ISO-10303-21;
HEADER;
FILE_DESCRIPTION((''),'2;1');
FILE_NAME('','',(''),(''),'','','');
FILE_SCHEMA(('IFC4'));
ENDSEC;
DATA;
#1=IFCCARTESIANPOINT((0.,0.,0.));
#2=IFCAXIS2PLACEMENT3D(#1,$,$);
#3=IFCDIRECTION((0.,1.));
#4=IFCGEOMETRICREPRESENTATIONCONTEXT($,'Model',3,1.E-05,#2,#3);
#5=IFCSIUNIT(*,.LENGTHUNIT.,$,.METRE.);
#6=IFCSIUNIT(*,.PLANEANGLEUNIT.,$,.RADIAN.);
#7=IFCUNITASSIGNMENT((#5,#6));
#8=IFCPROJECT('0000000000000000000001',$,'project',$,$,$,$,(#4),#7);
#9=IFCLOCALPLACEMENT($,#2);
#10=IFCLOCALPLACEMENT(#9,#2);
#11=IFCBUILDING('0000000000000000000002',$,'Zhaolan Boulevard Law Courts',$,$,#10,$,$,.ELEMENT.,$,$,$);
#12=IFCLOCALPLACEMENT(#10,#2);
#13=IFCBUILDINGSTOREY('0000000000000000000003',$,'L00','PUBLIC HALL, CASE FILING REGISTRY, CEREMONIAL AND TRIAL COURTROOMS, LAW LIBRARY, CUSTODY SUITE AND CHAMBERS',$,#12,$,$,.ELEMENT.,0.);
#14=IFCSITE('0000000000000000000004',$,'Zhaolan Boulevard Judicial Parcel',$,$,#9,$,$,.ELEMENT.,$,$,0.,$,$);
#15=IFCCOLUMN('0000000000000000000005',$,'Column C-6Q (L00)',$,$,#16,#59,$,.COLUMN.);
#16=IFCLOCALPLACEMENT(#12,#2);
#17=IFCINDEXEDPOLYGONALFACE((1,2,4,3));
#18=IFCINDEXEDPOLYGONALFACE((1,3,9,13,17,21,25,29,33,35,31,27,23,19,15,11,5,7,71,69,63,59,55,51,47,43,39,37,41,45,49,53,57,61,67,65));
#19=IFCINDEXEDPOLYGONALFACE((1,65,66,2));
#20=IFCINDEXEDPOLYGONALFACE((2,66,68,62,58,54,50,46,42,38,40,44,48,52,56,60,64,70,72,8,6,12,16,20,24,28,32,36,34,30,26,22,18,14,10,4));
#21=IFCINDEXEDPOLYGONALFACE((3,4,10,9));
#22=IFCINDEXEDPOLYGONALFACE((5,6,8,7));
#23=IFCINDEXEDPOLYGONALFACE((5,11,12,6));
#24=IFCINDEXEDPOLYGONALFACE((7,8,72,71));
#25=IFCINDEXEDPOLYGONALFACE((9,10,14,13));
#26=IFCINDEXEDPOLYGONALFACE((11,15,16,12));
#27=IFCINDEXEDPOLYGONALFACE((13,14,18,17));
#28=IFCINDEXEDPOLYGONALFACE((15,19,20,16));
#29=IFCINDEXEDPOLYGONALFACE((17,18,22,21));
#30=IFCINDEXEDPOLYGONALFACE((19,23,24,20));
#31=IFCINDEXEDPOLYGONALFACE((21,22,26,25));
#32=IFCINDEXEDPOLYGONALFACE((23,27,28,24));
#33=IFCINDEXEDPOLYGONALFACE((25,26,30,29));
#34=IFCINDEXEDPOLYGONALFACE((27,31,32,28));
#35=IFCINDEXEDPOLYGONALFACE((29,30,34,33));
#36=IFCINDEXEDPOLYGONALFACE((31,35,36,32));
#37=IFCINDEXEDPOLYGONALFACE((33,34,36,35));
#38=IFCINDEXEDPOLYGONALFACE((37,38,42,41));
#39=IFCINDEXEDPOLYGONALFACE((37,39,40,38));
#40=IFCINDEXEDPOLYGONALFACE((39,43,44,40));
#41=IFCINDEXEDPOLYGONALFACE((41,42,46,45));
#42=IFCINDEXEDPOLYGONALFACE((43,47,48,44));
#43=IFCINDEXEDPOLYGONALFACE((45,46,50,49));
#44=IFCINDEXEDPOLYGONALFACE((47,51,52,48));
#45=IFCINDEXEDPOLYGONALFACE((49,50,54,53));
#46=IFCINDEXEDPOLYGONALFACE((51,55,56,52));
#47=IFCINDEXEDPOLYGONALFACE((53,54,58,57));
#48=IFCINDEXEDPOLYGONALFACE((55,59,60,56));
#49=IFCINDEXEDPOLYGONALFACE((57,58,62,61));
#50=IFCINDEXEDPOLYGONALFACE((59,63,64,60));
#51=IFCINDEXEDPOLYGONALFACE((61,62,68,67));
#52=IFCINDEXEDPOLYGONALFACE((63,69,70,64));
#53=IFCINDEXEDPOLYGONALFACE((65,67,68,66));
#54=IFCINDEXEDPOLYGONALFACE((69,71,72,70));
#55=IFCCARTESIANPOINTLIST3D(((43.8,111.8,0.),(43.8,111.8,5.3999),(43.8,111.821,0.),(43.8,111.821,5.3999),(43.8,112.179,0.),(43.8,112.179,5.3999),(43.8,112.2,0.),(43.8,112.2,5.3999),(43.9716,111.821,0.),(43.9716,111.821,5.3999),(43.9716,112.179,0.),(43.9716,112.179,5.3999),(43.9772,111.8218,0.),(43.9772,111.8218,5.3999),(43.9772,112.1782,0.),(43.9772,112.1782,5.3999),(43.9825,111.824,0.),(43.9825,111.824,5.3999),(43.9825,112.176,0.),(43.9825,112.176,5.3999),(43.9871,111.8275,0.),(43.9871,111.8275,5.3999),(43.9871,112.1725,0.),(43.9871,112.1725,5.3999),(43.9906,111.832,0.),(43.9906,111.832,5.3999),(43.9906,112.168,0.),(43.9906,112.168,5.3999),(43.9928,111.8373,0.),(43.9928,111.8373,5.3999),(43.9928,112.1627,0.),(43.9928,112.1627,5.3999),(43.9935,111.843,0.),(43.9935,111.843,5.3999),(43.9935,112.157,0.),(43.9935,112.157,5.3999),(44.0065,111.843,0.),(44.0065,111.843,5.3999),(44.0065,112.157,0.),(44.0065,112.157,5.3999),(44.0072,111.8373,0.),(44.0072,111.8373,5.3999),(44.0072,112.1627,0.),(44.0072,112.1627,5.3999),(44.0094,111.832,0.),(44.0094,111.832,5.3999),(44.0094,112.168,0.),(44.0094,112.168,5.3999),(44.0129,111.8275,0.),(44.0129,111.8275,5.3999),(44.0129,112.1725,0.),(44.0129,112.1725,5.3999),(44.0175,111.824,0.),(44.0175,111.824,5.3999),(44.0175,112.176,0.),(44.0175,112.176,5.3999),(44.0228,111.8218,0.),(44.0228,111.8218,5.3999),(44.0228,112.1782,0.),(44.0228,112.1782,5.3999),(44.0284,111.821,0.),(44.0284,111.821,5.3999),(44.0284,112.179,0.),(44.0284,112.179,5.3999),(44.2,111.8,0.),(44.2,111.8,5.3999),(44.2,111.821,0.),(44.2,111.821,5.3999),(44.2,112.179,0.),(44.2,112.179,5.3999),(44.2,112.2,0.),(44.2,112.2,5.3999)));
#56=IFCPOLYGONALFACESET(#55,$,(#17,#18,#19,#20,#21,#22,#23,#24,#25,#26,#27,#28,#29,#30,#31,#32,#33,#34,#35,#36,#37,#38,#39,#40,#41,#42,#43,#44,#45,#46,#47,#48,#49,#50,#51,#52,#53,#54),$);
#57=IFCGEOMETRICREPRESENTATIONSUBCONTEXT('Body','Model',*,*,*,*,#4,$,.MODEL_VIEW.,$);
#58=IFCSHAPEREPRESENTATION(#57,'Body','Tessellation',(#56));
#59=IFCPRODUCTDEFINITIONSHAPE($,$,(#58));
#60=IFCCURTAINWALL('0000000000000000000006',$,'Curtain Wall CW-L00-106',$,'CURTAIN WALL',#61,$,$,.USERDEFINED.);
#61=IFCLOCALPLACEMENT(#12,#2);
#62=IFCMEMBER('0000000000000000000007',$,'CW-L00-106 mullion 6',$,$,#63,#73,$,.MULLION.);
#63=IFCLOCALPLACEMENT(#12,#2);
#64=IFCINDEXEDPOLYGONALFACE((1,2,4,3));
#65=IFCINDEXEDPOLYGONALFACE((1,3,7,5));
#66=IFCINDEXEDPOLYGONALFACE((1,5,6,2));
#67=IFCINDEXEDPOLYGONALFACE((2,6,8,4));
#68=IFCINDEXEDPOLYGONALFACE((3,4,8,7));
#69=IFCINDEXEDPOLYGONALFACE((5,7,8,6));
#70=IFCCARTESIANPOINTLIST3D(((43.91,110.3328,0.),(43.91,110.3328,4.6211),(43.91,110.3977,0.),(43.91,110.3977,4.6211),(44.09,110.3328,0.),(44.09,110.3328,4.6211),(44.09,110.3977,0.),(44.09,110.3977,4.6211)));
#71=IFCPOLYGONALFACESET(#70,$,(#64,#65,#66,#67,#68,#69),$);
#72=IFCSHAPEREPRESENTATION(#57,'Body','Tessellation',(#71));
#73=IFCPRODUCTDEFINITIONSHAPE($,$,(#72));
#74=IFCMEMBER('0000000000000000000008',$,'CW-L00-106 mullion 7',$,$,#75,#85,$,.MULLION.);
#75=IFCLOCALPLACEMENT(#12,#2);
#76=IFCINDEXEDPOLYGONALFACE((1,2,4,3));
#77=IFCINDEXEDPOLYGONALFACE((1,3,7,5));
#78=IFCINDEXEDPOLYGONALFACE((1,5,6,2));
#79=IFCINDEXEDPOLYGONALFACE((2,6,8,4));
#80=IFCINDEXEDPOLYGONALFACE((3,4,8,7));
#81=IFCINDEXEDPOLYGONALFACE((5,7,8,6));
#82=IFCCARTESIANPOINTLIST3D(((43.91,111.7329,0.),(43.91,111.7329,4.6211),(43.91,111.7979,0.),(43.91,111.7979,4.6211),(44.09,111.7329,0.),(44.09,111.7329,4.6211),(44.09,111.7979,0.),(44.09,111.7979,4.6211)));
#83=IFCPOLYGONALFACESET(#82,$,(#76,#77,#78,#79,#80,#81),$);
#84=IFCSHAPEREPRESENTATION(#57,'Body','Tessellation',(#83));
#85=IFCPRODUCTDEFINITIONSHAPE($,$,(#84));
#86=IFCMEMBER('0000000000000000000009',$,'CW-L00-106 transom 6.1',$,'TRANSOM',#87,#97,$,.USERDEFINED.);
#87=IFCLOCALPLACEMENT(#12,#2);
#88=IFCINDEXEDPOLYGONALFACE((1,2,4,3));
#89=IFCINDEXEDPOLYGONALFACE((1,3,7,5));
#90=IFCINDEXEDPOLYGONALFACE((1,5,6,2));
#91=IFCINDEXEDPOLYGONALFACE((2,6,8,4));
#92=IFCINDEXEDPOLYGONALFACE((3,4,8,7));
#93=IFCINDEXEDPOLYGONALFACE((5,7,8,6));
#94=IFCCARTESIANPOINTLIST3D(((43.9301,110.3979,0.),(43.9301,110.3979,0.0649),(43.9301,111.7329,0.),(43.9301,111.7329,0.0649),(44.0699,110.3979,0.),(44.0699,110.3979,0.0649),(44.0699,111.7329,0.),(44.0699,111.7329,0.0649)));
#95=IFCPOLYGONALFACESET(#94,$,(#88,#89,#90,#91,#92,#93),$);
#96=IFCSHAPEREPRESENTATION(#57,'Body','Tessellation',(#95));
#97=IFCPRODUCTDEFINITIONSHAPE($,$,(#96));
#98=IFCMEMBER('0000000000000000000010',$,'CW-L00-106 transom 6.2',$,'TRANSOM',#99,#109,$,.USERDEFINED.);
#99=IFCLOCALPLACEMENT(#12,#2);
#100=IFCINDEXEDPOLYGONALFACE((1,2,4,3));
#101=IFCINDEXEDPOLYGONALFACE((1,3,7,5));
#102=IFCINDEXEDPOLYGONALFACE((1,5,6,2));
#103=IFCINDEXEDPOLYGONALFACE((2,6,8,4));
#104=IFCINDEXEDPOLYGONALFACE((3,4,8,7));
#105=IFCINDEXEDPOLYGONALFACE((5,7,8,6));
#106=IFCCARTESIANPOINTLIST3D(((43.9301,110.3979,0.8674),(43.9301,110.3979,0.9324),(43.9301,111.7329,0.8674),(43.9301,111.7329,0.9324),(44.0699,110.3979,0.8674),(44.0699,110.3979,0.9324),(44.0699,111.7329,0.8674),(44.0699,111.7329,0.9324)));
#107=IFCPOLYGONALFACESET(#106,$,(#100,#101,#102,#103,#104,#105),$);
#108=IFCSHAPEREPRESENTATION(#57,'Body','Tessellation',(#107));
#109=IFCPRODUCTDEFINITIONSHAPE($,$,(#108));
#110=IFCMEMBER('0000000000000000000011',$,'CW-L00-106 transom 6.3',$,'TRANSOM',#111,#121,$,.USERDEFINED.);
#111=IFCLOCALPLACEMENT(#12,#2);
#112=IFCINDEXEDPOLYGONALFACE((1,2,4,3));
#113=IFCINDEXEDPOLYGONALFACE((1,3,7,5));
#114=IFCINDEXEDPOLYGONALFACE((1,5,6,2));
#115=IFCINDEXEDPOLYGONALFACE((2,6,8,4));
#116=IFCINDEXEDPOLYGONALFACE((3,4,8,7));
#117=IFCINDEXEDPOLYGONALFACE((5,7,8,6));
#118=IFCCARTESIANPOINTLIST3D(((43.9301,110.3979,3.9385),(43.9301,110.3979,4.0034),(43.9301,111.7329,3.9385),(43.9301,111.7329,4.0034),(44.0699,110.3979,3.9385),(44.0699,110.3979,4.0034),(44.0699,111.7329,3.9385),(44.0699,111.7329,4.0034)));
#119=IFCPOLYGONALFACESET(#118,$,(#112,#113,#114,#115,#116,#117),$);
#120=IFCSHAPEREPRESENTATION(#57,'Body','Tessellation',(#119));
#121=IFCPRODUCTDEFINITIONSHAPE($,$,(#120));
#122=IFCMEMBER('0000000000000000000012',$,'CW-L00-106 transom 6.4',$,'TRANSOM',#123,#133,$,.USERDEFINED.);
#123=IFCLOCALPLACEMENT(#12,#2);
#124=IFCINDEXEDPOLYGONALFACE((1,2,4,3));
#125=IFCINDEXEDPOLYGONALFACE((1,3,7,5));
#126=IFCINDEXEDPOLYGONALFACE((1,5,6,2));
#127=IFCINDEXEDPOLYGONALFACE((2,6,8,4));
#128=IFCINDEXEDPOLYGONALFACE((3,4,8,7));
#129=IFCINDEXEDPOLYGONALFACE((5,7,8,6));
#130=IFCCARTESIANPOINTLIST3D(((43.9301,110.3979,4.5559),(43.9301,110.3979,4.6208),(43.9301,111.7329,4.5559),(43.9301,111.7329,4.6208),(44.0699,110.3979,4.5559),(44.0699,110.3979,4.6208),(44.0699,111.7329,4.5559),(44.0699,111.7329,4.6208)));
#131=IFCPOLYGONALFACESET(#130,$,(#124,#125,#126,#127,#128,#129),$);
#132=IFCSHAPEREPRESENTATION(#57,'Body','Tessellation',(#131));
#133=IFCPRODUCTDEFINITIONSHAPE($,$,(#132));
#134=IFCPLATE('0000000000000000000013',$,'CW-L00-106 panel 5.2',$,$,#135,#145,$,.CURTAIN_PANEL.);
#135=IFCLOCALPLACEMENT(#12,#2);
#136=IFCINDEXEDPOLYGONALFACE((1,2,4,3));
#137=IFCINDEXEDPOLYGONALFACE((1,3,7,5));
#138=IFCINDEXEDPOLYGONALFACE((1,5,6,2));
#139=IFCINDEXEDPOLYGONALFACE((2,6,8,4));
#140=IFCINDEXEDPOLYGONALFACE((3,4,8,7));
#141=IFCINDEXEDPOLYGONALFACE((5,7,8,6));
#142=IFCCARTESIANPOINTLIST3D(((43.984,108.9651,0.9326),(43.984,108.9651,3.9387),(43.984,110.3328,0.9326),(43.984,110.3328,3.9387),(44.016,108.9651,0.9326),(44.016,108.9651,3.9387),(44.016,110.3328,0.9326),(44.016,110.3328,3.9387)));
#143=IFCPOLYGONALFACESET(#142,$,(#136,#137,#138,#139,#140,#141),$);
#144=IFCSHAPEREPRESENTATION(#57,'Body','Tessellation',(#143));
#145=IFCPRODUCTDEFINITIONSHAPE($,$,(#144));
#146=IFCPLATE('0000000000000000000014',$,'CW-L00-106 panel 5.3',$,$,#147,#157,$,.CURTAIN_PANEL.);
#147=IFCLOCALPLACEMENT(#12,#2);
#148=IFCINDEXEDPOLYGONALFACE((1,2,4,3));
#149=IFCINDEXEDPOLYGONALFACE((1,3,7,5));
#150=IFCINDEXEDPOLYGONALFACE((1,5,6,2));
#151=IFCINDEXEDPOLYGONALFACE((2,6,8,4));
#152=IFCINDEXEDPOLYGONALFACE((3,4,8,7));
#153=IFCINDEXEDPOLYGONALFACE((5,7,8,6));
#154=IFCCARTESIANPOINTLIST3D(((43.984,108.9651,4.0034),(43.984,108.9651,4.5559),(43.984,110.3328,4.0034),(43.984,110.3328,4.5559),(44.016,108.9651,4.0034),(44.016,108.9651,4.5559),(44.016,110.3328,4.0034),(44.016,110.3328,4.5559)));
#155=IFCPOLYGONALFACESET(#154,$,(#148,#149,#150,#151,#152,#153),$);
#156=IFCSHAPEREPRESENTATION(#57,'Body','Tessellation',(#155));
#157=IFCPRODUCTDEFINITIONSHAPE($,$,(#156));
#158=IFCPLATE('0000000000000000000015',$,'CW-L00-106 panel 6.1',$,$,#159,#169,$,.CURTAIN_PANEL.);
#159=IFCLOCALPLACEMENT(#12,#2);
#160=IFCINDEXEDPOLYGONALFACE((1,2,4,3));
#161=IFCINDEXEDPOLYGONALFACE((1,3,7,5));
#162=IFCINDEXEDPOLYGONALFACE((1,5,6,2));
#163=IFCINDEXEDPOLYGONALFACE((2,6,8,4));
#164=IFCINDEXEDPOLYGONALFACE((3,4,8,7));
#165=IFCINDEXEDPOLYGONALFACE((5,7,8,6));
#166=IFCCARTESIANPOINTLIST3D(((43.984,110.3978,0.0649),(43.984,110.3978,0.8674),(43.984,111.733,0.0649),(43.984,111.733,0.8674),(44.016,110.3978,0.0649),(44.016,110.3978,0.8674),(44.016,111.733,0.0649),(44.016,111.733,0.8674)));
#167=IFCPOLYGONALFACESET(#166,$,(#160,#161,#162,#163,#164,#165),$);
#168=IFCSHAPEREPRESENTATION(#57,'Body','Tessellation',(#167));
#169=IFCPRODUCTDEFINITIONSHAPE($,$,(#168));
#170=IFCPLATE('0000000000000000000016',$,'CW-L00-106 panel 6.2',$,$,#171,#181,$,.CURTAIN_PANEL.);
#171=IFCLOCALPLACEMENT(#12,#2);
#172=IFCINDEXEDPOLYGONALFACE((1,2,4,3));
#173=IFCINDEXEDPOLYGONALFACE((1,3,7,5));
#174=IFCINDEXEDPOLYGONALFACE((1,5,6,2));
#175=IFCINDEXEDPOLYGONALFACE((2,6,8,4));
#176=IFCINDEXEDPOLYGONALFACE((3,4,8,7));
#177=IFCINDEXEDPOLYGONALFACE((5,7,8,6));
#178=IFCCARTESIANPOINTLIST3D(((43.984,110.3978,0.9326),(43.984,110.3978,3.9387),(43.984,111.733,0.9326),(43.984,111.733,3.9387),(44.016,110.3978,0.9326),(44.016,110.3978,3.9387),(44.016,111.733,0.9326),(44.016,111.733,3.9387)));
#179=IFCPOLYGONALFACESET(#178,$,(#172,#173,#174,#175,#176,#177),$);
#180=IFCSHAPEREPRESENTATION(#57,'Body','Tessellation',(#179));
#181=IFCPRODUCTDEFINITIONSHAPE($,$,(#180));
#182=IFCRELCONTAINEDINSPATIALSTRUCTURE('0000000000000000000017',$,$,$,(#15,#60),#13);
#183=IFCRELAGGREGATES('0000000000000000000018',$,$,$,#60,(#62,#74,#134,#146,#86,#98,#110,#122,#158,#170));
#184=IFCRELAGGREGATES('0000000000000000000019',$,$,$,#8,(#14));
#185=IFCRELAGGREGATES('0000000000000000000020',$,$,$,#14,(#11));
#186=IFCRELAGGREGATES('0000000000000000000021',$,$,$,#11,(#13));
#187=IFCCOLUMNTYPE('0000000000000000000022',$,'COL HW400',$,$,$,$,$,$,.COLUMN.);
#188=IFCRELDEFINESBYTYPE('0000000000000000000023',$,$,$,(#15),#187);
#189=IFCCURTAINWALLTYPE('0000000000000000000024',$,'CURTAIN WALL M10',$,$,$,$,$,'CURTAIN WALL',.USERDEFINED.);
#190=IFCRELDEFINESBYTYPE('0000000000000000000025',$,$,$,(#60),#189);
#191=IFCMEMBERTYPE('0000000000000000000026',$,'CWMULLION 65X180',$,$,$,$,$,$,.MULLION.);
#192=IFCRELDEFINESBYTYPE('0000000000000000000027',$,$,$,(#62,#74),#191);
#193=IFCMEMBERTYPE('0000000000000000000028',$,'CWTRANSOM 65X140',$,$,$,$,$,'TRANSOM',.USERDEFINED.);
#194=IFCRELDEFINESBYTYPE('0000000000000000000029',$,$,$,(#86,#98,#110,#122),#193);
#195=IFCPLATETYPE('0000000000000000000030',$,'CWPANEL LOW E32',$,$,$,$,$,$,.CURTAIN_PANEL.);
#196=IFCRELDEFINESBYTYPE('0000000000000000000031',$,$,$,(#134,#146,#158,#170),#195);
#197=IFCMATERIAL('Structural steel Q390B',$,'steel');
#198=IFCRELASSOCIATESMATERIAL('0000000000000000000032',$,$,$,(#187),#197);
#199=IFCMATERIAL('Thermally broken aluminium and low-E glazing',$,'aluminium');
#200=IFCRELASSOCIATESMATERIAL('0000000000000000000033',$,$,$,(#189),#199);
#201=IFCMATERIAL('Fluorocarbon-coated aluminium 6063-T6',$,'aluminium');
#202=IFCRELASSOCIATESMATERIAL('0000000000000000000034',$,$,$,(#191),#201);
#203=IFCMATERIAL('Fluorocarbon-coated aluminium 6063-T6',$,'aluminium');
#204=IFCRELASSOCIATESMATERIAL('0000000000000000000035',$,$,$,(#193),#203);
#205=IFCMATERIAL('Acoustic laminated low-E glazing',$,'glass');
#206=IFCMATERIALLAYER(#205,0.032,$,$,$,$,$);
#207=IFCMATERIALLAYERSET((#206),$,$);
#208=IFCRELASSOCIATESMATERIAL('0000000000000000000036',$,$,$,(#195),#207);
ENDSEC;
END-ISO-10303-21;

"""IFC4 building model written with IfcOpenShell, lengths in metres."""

from ifc_helpers import new_model, si_unit, direction, frame, origin, origin_2d, place, context, subcontext, project, spatial, rectangle, i_section, extrude, material, layer, layer_set, material_profile, profile_set, type_object, element, aggregate, save


model = new_model("IFC4")

# Units and contexts
model_context = context("Model", 3, precision=1e-05, world=origin(), true_north=direction((0.0, 1.0)))
body_context = subcontext(model_context, "Body", "Model", "MODEL_VIEW")
ifc_project = project(units=[si_unit("LENGTHUNIT", "METRE"), si_unit("PLANEANGLEUNIT", "RADIAN")], contexts=[model_context])

# Site, building, storey
site_placement = place(None, origin())
site = spatial("IfcSite", under=ifc_project, at=site_placement, Name="Zhaolan Boulevard Judicial Parcel", CompositionType="ELEMENT", RefElevation=0.0)
building_placement = place(site_placement, origin())
building = spatial("IfcBuilding", under=site, at=building_placement, Name="Zhaolan Boulevard Law Courts", CompositionType="ELEMENT")
storey_placement = place(building_placement, origin())
storey = spatial("IfcBuildingStorey", under=building, at=storey_placement, Name="L00", Description="PUBLIC HALL, CASE FILING REGISTRY, CEREMONIAL AND TRIAL COURTROOMS, LAW LIBRARY, CUSTODY SUITE AND CHAMBERS", CompositionType="ELEMENT", Elevation=0.0)

# Column
ifc_material_1 = material(Name="Structural steel Q390B", Category="steel")
ifc_material_profile_1 = material_profile(ifc_material_1, i_section(OverallWidth=0.3999, OverallDepth=0.3999, WebThickness=0.0129, FlangeThickness=0.021, FilletRadius=0.022, at=origin_2d()), Name="HW400x400")
ifc_profile_set_1 = profile_set([ifc_material_profile_1], Name="Structural steel Q390B")
column_type = type_object("IfcColumnType", Name="COL HW400", PredefinedType="COLUMN", material=ifc_profile_set_1)
column_placement = place(storey_placement, frame((44.0, 112.0, 0.0), z_axis=(0.0, 0.0, 1.0), x_axis=(1.0, 0.0, 0.0)))
element("IfcColumn", 1, at=column_placement, inside=storey, type_object=column_type, Name="Column C-6Q (L00)", PredefinedType="COLUMN", context=body_context, shape_type="SweptSolid", body=[
    extrude(i_section(OverallWidth=0.3999, OverallDepth=0.3999, WebThickness=0.0129, FlangeThickness=0.021, FilletRadius=0.022, at=origin_2d()), origin(), (0.0, 0.0, 1.0), 5.3999),
])

# Curtain wall, members, plates
ifc_material_2 = material(Name="Thermally broken aluminium and low-E glazing", Category="aluminium")
curtain_wall_type = type_object("IfcCurtainWallType", Name="CURTAIN WALL M10", ElementType="CURTAIN WALL", PredefinedType="USERDEFINED", material=ifc_material_2)
curtain_wall_placement = place(storey_placement, origin())
curtain_wall = element("IfcCurtainWall", 2, at=curtain_wall_placement, inside=storey, type_object=curtain_wall_type, Name="Curtain Wall CW-L00-106", ObjectType="CURTAIN WALL", PredefinedType="USERDEFINED")
ifc_material_3 = material(Name="Fluorocarbon-coated aluminium 6063-T6", Category="aluminium")
ifc_material_profile_2 = material_profile(ifc_material_3, rectangle(XDim=0.1799, YDim=0.0649, at=origin_2d()), Name="AL65x180")
ifc_profile_set_2 = profile_set([ifc_material_profile_2], Name="Fluorocarbon-coated aluminium 6063-T6")
member_type_1 = type_object("IfcMemberType", Name="CWMULLION 65X180", PredefinedType="MULLION", material=ifc_profile_set_2)
member_1_placement = place(storey_placement, frame((44.0, 110.3652, 0.0), z_axis=(0.0, 0.0, 1.0), x_axis=(-1.0, 0.0, 0.0)))
member_1 = element("IfcMember", 3, at=member_1_placement, type_object=member_type_1, Name="CW-L00-106 mullion 6", PredefinedType="MULLION", context=body_context, shape_type="SweptSolid", body=[
    extrude(rectangle(XDim=0.1799, YDim=0.0649, at=origin_2d()), origin(), (0.0, 0.0, 1.0), 4.6211),
])
member_2_placement = place(storey_placement, frame((44.0, 111.7654, 0.0), z_axis=(0.0, 0.0, 1.0), x_axis=(-1.0, 0.0, 0.0)))
member_2 = element("IfcMember", 4, at=member_2_placement, type_object=member_type_1, Name="CW-L00-106 mullion 7", PredefinedType="MULLION", context=body_context, shape_type="SweptSolid", body=[
    extrude(rectangle(XDim=0.1799, YDim=0.0649, at=origin_2d()), origin(), (0.0, 0.0, 1.0), 4.6211),
])
ifc_material_4 = material(Name="Fluorocarbon-coated aluminium 6063-T6", Category="aluminium")
ifc_material_profile_3 = material_profile(ifc_material_4, rectangle(XDim=0.1399, YDim=0.0649, at=origin_2d()), Name="AL65x140")
ifc_profile_set_3 = profile_set([ifc_material_profile_3], Name="Fluorocarbon-coated aluminium 6063-T6")
member_type_2 = type_object("IfcMemberType", Name="CWTRANSOM 65X140", ElementType="TRANSOM", PredefinedType="USERDEFINED", material=ifc_profile_set_3)
member_3_placement = place(storey_placement, frame((44.0, 110.3979, 0.0325), z_axis=(0.0, 1.0, 0.0), x_axis=(-1.0, 0.0, 0.0)))
member_3 = element("IfcMember", 5, at=member_3_placement, type_object=member_type_2, Name="CW-L00-106 transom 6.1", ObjectType="TRANSOM", PredefinedType="USERDEFINED", context=body_context, shape_type="SweptSolid", body=[
    extrude(rectangle(XDim=0.1399, YDim=0.0649, at=origin_2d()), origin(), (0.0, 0.0, 1.0), 1.335),
])
member_4_placement = place(storey_placement, frame((44.0, 110.3979, 0.8999), z_axis=(0.0, 1.0, 0.0), x_axis=(-1.0, 0.0, 0.0)))
member_4 = element("IfcMember", 6, at=member_4_placement, type_object=member_type_2, Name="CW-L00-106 transom 6.2", ObjectType="TRANSOM", PredefinedType="USERDEFINED", context=body_context, shape_type="SweptSolid", body=[
    extrude(rectangle(XDim=0.1399, YDim=0.0649, at=origin_2d()), origin(), (0.0, 0.0, 1.0), 1.335),
])
member_5_placement = place(storey_placement, frame((44.0, 110.3979, 3.9709), z_axis=(0.0, 1.0, 0.0), x_axis=(-1.0, 0.0, 0.0)))
member_5 = element("IfcMember", 7, at=member_5_placement, type_object=member_type_2, Name="CW-L00-106 transom 6.3", ObjectType="TRANSOM", PredefinedType="USERDEFINED", context=body_context, shape_type="SweptSolid", body=[
    extrude(rectangle(XDim=0.1399, YDim=0.0649, at=origin_2d()), origin(), (0.0, 0.0, 1.0), 1.335),
])
member_6_placement = place(storey_placement, frame((44.0, 110.3979, 4.5884), z_axis=(0.0, 1.0, 0.0), x_axis=(-1.0, 0.0, 0.0)))
member_6 = element("IfcMember", 8, at=member_6_placement, type_object=member_type_2, Name="CW-L00-106 transom 6.4", ObjectType="TRANSOM", PredefinedType="USERDEFINED", context=body_context, shape_type="SweptSolid", body=[
    extrude(rectangle(XDim=0.1399, YDim=0.0649, at=origin_2d()), origin(), (0.0, 0.0, 1.0), 1.335),
])
ifc_material_5 = material(Name="Acoustic laminated low-E glazing", Category="glass")
ifc_layer = layer(ifc_material_5, 0.032)
ifc_layer_set = layer_set([ifc_layer])
plate_type = type_object("IfcPlateType", Name="CWPANEL LOW E32", PredefinedType="CURTAIN_PANEL", material=ifc_layer_set)
plate_1_placement = place(storey_placement, frame((44.0, 109.6489, 0.9326), z_axis=(0.0, 0.0, 1.0), x_axis=(0.0, 1.0, 0.0)))
plate_1 = element("IfcPlate", 9, at=plate_1_placement, type_object=plate_type, Name="CW-L00-106 panel 5.2", PredefinedType="CURTAIN_PANEL", context=body_context, shape_type="SweptSolid", body=[
    extrude(rectangle(XDim=1.3677, YDim=0.032, at=origin_2d()), origin(), (0.0, 0.0, 1.0), 3.0061),
])
plate_2_placement = place(storey_placement, frame((44.0, 109.6489, 4.0034), z_axis=(0.0, 0.0, 1.0), x_axis=(0.0, 1.0, 0.0)))
plate_2 = element("IfcPlate", 10, at=plate_2_placement, type_object=plate_type, Name="CW-L00-106 panel 5.3", PredefinedType="CURTAIN_PANEL", context=body_context, shape_type="SweptSolid", body=[
    extrude(rectangle(XDim=1.3677, YDim=0.032, at=origin_2d()), origin(), (0.0, 0.0, 1.0), 0.5525),
])
plate_3_placement = place(storey_placement, frame((44.0, 111.0654, 0.0649), z_axis=(0.0, 0.0, 1.0), x_axis=(0.0, 1.0, 0.0)))
plate_3 = element("IfcPlate", 11, at=plate_3_placement, type_object=plate_type, Name="CW-L00-106 panel 6.1", PredefinedType="CURTAIN_PANEL", context=body_context, shape_type="SweptSolid", body=[
    extrude(rectangle(XDim=1.3352, YDim=0.032, at=origin_2d()), origin(), (0.0, 0.0, 1.0), 0.8025),
])
plate_4_placement = place(storey_placement, frame((44.0, 111.0654, 0.9326), z_axis=(0.0, 0.0, 1.0), x_axis=(0.0, 1.0, 0.0)))
plate_4 = element("IfcPlate", 12, at=plate_4_placement, type_object=plate_type, Name="CW-L00-106 panel 6.2", PredefinedType="CURTAIN_PANEL", context=body_context, shape_type="SweptSolid", body=[
    extrude(rectangle(XDim=1.3352, YDim=0.032, at=origin_2d()), origin(), (0.0, 0.0, 1.0), 3.0061),
])
aggregate(curtain_wall, [member_1, member_2, plate_1, plate_2, member_3, member_4, member_5, member_6, plate_3, plate_4])

save(model, "model.ifc")
